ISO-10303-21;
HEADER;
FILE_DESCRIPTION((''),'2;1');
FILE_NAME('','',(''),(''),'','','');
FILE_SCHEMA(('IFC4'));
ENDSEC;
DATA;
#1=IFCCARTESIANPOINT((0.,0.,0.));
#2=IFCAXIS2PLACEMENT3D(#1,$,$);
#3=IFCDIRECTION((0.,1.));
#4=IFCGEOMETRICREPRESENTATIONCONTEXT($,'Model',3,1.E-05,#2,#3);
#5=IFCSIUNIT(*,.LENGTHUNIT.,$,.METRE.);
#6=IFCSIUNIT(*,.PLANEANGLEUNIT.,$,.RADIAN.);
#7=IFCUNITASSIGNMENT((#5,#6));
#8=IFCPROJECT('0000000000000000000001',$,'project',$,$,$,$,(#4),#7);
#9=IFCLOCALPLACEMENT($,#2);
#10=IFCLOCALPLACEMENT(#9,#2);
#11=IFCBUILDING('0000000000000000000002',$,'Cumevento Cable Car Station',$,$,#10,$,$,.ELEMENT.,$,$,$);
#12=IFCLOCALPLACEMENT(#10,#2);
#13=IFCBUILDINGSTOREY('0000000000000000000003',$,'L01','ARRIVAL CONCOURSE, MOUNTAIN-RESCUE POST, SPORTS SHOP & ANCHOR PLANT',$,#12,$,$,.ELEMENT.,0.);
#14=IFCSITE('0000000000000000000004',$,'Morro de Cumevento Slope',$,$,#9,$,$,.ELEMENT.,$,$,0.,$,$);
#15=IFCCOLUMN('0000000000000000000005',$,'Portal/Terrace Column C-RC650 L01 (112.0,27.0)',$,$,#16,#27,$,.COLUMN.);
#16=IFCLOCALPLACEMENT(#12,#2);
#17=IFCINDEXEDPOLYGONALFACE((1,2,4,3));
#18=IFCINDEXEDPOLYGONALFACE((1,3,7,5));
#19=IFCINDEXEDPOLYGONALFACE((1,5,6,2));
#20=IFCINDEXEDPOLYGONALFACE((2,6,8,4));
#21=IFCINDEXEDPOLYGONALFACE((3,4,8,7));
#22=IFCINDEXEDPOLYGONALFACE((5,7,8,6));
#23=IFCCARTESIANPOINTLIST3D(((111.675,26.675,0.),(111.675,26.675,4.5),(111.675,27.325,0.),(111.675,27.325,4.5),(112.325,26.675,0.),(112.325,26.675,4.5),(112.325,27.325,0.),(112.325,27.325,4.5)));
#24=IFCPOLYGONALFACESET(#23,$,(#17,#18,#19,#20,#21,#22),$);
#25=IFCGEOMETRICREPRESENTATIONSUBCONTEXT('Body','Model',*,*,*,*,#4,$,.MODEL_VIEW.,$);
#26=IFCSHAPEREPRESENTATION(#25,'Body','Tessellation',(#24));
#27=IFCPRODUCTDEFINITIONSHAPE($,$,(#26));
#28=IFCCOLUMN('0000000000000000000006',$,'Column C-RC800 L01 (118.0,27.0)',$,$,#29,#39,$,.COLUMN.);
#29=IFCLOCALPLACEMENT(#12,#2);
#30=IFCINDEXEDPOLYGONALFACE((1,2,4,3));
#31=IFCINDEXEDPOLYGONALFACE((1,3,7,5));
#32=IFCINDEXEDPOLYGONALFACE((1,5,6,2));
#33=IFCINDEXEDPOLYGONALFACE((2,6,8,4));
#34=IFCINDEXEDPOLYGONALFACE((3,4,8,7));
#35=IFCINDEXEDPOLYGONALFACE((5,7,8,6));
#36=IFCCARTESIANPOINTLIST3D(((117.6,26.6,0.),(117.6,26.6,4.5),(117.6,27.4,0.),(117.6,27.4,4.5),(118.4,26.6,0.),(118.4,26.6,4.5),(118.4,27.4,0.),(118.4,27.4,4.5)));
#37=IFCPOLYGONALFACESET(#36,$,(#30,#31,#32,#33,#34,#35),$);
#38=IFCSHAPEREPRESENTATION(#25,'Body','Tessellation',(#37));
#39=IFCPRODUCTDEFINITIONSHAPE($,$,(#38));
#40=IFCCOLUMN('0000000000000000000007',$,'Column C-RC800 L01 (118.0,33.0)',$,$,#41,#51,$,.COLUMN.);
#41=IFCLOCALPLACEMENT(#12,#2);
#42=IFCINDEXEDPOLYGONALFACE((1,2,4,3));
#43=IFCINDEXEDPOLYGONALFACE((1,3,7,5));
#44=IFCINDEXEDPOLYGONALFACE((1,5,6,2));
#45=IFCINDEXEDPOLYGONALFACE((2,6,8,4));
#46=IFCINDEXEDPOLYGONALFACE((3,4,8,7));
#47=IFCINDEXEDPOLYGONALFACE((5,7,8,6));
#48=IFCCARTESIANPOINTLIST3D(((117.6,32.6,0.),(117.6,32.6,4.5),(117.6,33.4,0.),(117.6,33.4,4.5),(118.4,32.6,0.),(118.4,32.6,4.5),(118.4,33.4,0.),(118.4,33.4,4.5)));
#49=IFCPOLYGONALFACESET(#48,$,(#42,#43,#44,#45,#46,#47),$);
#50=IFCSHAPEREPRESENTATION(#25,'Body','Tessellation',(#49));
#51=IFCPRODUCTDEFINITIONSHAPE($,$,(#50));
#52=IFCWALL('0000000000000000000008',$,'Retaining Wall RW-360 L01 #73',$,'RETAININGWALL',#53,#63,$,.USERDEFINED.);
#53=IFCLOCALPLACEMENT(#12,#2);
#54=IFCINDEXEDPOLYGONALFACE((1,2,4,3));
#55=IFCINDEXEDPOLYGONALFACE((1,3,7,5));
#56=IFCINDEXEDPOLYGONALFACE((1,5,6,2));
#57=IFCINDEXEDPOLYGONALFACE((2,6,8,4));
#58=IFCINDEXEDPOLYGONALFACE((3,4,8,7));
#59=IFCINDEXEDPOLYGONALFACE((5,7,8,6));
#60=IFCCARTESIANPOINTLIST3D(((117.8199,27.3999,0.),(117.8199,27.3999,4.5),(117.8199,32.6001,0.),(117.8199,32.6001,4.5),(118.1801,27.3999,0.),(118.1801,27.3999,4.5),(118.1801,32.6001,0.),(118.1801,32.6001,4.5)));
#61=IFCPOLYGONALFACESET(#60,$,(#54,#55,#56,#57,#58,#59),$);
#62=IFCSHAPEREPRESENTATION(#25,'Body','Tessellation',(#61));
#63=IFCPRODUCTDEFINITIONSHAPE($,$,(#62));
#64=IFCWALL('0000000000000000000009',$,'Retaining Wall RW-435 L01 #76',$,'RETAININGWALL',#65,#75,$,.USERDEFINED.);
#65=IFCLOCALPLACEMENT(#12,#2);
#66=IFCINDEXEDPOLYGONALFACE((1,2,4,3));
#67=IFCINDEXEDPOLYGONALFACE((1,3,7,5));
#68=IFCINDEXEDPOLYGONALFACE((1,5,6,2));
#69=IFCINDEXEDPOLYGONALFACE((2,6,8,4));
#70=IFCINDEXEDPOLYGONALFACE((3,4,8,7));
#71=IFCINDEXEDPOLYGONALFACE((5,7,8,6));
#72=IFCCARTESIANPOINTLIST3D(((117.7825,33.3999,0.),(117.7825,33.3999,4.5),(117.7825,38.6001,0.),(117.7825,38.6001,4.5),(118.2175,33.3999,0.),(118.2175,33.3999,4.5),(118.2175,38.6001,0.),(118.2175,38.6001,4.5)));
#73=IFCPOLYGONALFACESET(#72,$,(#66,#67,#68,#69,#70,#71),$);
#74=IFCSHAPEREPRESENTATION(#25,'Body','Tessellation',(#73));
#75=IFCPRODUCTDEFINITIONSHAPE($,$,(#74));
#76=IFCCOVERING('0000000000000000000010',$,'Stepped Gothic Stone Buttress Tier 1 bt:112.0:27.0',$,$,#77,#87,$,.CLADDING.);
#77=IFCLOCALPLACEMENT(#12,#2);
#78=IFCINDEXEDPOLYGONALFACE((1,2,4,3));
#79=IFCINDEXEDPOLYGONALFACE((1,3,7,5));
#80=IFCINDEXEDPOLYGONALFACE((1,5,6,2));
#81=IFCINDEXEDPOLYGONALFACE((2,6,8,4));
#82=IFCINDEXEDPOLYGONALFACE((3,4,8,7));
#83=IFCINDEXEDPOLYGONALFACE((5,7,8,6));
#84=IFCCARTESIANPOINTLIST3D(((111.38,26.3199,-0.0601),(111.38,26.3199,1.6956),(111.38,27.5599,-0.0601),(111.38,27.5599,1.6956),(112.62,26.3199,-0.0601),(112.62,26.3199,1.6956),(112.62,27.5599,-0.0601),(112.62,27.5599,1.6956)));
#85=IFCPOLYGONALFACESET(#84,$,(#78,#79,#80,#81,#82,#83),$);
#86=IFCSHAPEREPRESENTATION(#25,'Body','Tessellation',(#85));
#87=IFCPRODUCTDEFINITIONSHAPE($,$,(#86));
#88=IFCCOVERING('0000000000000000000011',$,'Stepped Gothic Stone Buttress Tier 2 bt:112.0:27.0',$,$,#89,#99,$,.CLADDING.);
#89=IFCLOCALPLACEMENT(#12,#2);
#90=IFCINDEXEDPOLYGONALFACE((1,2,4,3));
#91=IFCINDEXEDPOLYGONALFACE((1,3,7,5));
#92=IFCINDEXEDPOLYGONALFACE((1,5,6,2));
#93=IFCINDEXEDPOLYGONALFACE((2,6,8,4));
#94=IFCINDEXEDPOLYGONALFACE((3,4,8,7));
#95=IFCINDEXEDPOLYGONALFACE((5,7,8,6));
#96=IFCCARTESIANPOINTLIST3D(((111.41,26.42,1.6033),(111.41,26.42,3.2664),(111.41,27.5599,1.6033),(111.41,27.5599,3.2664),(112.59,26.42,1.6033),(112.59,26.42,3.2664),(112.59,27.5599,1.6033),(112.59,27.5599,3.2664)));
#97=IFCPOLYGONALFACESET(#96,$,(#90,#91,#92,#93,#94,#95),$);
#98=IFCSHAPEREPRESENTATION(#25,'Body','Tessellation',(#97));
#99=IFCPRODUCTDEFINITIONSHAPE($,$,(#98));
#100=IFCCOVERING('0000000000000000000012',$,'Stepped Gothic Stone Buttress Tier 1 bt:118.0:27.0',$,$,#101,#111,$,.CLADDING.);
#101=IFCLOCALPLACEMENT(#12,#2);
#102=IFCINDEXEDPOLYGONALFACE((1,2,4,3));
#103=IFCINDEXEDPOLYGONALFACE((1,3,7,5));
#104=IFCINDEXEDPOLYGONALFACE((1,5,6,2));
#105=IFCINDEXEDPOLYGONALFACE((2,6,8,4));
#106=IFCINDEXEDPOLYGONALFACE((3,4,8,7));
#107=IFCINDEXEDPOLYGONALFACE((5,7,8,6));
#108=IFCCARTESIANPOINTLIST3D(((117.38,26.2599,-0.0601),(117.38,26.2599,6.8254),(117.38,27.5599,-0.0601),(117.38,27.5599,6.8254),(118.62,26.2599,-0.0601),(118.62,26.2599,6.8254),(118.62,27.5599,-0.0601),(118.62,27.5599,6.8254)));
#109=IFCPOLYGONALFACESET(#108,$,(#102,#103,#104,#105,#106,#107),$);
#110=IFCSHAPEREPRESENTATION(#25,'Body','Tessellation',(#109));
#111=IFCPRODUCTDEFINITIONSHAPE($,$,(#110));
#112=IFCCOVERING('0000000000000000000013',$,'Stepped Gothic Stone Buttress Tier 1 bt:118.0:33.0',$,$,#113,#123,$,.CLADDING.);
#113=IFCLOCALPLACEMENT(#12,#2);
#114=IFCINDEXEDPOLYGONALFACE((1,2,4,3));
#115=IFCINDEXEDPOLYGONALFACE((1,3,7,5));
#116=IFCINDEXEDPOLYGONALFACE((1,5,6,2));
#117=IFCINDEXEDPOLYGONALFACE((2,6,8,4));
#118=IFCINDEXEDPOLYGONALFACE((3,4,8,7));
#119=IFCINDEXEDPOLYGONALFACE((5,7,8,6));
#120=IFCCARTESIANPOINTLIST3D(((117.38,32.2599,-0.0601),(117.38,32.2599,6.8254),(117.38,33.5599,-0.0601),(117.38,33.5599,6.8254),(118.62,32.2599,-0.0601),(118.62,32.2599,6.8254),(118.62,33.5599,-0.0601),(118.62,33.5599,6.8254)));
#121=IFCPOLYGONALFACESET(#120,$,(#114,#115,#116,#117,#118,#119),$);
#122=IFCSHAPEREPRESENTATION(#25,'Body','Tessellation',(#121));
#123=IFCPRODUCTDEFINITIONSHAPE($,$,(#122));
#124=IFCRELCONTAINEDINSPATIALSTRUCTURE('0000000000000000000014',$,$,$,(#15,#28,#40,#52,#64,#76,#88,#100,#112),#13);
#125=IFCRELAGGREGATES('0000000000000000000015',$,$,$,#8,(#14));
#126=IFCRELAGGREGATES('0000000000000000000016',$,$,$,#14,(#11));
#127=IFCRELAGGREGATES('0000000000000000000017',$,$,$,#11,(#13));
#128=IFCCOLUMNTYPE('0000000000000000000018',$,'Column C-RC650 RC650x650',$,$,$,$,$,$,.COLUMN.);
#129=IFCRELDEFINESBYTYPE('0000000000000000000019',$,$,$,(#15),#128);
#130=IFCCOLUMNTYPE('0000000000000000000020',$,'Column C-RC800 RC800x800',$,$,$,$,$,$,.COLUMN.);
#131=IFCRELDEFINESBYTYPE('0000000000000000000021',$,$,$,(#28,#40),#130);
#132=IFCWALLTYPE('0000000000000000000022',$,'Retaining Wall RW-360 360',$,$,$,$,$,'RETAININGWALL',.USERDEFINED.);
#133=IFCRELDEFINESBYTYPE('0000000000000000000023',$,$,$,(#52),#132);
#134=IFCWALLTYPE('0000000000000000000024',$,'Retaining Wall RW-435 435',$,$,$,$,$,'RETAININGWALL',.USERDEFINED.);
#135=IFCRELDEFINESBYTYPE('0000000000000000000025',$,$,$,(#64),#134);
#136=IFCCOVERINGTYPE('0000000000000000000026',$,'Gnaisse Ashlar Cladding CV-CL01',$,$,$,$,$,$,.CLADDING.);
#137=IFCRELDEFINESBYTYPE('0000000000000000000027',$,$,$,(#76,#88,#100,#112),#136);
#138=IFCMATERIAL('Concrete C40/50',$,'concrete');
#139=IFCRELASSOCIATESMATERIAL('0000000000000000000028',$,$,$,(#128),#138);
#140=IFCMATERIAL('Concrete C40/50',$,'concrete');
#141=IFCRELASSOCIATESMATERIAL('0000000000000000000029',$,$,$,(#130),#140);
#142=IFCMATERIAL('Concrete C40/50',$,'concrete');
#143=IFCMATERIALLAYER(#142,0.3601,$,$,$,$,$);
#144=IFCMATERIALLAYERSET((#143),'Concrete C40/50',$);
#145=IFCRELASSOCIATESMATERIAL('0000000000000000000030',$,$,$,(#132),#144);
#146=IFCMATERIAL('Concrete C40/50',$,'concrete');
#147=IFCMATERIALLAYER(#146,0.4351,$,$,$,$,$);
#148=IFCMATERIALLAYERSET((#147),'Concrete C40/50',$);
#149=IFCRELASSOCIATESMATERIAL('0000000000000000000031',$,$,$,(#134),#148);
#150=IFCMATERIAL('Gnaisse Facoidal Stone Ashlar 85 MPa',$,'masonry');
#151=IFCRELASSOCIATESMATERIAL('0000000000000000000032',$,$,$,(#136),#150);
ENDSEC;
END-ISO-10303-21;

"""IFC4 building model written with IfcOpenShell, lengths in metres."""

from ifc_helpers import new_model, si_unit, direction, frame, frame_2d, origin, origin_2d, place, context, subcontext, project, spatial, rectangle, extrude, material, layer, layer_set, material_profile, profile_set, type_object, element, save


model = new_model("IFC4")

# Units and contexts
model_context = context("Model", 3, precision=1e-05, world=origin(), true_north=direction((0.0, 1.0)))
body_context = subcontext(model_context, "Body", "Model", "MODEL_VIEW")
ifc_project = project(units=[si_unit("LENGTHUNIT", "METRE"), si_unit("PLANEANGLEUNIT", "RADIAN")], contexts=[model_context])

# Site, building, storey
site_placement = place(None, origin())
site = spatial("IfcSite", under=ifc_project, at=site_placement, Name="Morro de Cumevento Slope", CompositionType="ELEMENT", RefElevation=0.0)
building_placement = place(site_placement, origin())
building = spatial("IfcBuilding", under=site, at=building_placement, Name="Cumevento Cable Car Station", CompositionType="ELEMENT")
storey_placement = place(building_placement, origin())
storey = spatial("IfcBuildingStorey", under=building, at=storey_placement, Name="L01", Description="ARRIVAL CONCOURSE, MOUNTAIN-RESCUE POST, SPORTS SHOP & ANCHOR PLANT", CompositionType="ELEMENT", Elevation=0.0)

# Columns
ifc_material_1 = material(Name="Concrete C40/50", Category="concrete")
ifc_material_profile_1 = material_profile(ifc_material_1, rectangle(XDim=0.6499, YDim=0.6499, at=origin_2d()), Name="RC650x650")
ifc_profile_set_1 = profile_set([ifc_material_profile_1], Name="Concrete C40/50")
column_type_1 = type_object("IfcColumnType", Name="Column C-RC650 RC650x650", PredefinedType="COLUMN", material=ifc_profile_set_1)
column_placement = place(storey_placement, frame((112.0, 27.0, 0.0), z_axis=(0.0, 0.0, 1.0), x_axis=(1.0, 0.0, 0.0)))
element("IfcColumn", 1, at=column_placement, inside=storey, type_object=column_type_1, Name="Portal/Terrace Column C-RC650 L01 (112.0,27.0)", PredefinedType="COLUMN", context=body_context, shape_type="SweptSolid", body=[
    extrude(rectangle(XDim=0.6499, YDim=0.6499, at=origin_2d()), origin(), (0.0, 0.0, 1.0), 4.5),
])
ifc_material_2 = material(Name="Concrete C40/50", Category="concrete")
ifc_material_profile_2 = material_profile(ifc_material_2, rectangle(XDim=0.8, YDim=0.8, at=origin_2d()), Name="RC800x800")
ifc_profile_set_2 = profile_set([ifc_material_profile_2], Name="Concrete C40/50")
column_type_2 = type_object("IfcColumnType", Name="Column C-RC800 RC800x800", PredefinedType="COLUMN", material=ifc_profile_set_2)
for number, where, z_axis, x_axis, name in (
    (2, (118.0, 27.0, 0.0), (0.0, 0.0, 1.0), (1.0, 0.0, 0.0), "Column C-RC800 L01 (118.0,27.0)"),
    (3, (118.0, 33.0, 0.0), (0.0, 0.0, 1.0), (1.0, 0.0, 0.0), "Column C-RC800 L01 (118.0,33.0)"),
):
    element("IfcColumn", number, at=place(storey_placement, frame(where, z_axis=z_axis, x_axis=x_axis)), inside=storey, type_object=column_type_2, Name=name, PredefinedType="COLUMN", context=body_context, shape_type="SweptSolid", body=[
        extrude(rectangle(XDim=0.8, YDim=0.8, at=origin_2d()), origin(), (0.0, 0.0, 1.0), 4.5),
    ])

# Walls
ifc_material_3 = material(Name="Concrete C40/50", Category="concrete")
ifc_layer_1 = layer(ifc_material_3, 0.3601)
ifc_layer_set_1 = layer_set([ifc_layer_1], Name="Concrete C40/50")
wall_type_1 = type_object("IfcWallType", Name="Retaining Wall RW-360 360", ElementType="RETAININGWALL", PredefinedType="USERDEFINED", material=ifc_layer_set_1)
wall_1_placement = place(storey_placement, frame((118.0, 27.3999, 0.0), z_axis=(0.0, 0.0, 1.0), x_axis=(0.0, 1.0, 0.0)))
element("IfcWall", 4, at=wall_1_placement, inside=storey, type_object=wall_type_1, Name="Retaining Wall RW-360 L01 #73", ObjectType="RETAININGWALL", PredefinedType="USERDEFINED", context=body_context, shape_type="SweptSolid", body=[
    extrude(rectangle(XDim=5.2002, YDim=0.3601, at=frame_2d((2.6001, 0.0))), origin(), (0.0, 0.0, 1.0), 4.5),
])
ifc_material_4 = material(Name="Concrete C40/50", Category="concrete")
ifc_layer_2 = layer(ifc_material_4, 0.4351)
ifc_layer_set_2 = layer_set([ifc_layer_2], Name="Concrete C40/50")
wall_type_2 = type_object("IfcWallType", Name="Retaining Wall RW-435 435", ElementType="RETAININGWALL", PredefinedType="USERDEFINED", material=ifc_layer_set_2)
wall_2_placement = place(storey_placement, frame((118.0, 33.3999, 0.0), z_axis=(0.0, 0.0, 1.0), x_axis=(0.0, 1.0, 0.0)))
element("IfcWall", 5, at=wall_2_placement, inside=storey, type_object=wall_type_2, Name="Retaining Wall RW-435 L01 #76", ObjectType="RETAININGWALL", PredefinedType="USERDEFINED", context=body_context, shape_type="SweptSolid", body=[
    extrude(rectangle(XDim=5.2002, YDim=0.4351, at=frame_2d((2.6001, 0.0))), origin(), (0.0, 0.0, 1.0), 4.5),
])

# Coverings
ifc_material_5 = material(Name="Gnaisse Facoidal Stone Ashlar 85 MPa", Category="masonry")
covering_type = type_object("IfcCoveringType", Name="Gnaisse Ashlar Cladding CV-CL01", PredefinedType="CLADDING", material=ifc_material_5)
covering_1_placement = place(storey_placement, frame((112.0, 26.9399, -0.0601), z_axis=(0.0, 0.0, 1.0), x_axis=(1.0, 0.0, 0.0)))
element("IfcCovering", 6, at=covering_1_placement, inside=storey, type_object=covering_type, Name="Stepped Gothic Stone Buttress Tier 1 bt:112.0:27.0", PredefinedType="CLADDING", context=body_context, shape_type="SweptSolid", body=[
    extrude(rectangle(XDim=1.24, YDim=1.24, at=origin_2d()), origin(), (0.0, 0.0, 1.0), 1.7556),
])
covering_2_placement = place(storey_placement, frame((112.0, 26.99, 1.6033), z_axis=(0.0, 0.0, 1.0), x_axis=(1.0, 0.0, 0.0)))
element("IfcCovering", 7, at=covering_2_placement, inside=storey, type_object=covering_type, Name="Stepped Gothic Stone Buttress Tier 2 bt:112.0:27.0", PredefinedType="CLADDING", context=body_context, shape_type="SweptSolid", body=[
    extrude(rectangle(XDim=1.1799, YDim=1.1399, at=origin_2d()), origin(), (0.0, 0.0, 1.0), 1.6631),
])
for number, where, z_axis, x_axis, name in (
    (8, (118.0, 26.9099, -0.0601), (0.0, 0.0, 1.0), (1.0, 0.0, 0.0), "Stepped Gothic Stone Buttress Tier 1 bt:118.0:27.0"),
    (9, (118.0, 32.9099, -0.0601), (0.0, 0.0, 1.0), (1.0, 0.0, 0.0), "Stepped Gothic Stone Buttress Tier 1 bt:118.0:33.0"),
):
    element("IfcCovering", number, at=place(storey_placement, frame(where, z_axis=z_axis, x_axis=x_axis)), inside=storey, type_object=covering_type, Name=name, PredefinedType="CLADDING", context=body_context, shape_type="SweptSolid", body=[
        extrude(rectangle(XDim=1.24, YDim=1.3, at=origin_2d()), origin(), (0.0, 0.0, 1.0), 6.8855),
    ])

save(model, "model.ifc")
